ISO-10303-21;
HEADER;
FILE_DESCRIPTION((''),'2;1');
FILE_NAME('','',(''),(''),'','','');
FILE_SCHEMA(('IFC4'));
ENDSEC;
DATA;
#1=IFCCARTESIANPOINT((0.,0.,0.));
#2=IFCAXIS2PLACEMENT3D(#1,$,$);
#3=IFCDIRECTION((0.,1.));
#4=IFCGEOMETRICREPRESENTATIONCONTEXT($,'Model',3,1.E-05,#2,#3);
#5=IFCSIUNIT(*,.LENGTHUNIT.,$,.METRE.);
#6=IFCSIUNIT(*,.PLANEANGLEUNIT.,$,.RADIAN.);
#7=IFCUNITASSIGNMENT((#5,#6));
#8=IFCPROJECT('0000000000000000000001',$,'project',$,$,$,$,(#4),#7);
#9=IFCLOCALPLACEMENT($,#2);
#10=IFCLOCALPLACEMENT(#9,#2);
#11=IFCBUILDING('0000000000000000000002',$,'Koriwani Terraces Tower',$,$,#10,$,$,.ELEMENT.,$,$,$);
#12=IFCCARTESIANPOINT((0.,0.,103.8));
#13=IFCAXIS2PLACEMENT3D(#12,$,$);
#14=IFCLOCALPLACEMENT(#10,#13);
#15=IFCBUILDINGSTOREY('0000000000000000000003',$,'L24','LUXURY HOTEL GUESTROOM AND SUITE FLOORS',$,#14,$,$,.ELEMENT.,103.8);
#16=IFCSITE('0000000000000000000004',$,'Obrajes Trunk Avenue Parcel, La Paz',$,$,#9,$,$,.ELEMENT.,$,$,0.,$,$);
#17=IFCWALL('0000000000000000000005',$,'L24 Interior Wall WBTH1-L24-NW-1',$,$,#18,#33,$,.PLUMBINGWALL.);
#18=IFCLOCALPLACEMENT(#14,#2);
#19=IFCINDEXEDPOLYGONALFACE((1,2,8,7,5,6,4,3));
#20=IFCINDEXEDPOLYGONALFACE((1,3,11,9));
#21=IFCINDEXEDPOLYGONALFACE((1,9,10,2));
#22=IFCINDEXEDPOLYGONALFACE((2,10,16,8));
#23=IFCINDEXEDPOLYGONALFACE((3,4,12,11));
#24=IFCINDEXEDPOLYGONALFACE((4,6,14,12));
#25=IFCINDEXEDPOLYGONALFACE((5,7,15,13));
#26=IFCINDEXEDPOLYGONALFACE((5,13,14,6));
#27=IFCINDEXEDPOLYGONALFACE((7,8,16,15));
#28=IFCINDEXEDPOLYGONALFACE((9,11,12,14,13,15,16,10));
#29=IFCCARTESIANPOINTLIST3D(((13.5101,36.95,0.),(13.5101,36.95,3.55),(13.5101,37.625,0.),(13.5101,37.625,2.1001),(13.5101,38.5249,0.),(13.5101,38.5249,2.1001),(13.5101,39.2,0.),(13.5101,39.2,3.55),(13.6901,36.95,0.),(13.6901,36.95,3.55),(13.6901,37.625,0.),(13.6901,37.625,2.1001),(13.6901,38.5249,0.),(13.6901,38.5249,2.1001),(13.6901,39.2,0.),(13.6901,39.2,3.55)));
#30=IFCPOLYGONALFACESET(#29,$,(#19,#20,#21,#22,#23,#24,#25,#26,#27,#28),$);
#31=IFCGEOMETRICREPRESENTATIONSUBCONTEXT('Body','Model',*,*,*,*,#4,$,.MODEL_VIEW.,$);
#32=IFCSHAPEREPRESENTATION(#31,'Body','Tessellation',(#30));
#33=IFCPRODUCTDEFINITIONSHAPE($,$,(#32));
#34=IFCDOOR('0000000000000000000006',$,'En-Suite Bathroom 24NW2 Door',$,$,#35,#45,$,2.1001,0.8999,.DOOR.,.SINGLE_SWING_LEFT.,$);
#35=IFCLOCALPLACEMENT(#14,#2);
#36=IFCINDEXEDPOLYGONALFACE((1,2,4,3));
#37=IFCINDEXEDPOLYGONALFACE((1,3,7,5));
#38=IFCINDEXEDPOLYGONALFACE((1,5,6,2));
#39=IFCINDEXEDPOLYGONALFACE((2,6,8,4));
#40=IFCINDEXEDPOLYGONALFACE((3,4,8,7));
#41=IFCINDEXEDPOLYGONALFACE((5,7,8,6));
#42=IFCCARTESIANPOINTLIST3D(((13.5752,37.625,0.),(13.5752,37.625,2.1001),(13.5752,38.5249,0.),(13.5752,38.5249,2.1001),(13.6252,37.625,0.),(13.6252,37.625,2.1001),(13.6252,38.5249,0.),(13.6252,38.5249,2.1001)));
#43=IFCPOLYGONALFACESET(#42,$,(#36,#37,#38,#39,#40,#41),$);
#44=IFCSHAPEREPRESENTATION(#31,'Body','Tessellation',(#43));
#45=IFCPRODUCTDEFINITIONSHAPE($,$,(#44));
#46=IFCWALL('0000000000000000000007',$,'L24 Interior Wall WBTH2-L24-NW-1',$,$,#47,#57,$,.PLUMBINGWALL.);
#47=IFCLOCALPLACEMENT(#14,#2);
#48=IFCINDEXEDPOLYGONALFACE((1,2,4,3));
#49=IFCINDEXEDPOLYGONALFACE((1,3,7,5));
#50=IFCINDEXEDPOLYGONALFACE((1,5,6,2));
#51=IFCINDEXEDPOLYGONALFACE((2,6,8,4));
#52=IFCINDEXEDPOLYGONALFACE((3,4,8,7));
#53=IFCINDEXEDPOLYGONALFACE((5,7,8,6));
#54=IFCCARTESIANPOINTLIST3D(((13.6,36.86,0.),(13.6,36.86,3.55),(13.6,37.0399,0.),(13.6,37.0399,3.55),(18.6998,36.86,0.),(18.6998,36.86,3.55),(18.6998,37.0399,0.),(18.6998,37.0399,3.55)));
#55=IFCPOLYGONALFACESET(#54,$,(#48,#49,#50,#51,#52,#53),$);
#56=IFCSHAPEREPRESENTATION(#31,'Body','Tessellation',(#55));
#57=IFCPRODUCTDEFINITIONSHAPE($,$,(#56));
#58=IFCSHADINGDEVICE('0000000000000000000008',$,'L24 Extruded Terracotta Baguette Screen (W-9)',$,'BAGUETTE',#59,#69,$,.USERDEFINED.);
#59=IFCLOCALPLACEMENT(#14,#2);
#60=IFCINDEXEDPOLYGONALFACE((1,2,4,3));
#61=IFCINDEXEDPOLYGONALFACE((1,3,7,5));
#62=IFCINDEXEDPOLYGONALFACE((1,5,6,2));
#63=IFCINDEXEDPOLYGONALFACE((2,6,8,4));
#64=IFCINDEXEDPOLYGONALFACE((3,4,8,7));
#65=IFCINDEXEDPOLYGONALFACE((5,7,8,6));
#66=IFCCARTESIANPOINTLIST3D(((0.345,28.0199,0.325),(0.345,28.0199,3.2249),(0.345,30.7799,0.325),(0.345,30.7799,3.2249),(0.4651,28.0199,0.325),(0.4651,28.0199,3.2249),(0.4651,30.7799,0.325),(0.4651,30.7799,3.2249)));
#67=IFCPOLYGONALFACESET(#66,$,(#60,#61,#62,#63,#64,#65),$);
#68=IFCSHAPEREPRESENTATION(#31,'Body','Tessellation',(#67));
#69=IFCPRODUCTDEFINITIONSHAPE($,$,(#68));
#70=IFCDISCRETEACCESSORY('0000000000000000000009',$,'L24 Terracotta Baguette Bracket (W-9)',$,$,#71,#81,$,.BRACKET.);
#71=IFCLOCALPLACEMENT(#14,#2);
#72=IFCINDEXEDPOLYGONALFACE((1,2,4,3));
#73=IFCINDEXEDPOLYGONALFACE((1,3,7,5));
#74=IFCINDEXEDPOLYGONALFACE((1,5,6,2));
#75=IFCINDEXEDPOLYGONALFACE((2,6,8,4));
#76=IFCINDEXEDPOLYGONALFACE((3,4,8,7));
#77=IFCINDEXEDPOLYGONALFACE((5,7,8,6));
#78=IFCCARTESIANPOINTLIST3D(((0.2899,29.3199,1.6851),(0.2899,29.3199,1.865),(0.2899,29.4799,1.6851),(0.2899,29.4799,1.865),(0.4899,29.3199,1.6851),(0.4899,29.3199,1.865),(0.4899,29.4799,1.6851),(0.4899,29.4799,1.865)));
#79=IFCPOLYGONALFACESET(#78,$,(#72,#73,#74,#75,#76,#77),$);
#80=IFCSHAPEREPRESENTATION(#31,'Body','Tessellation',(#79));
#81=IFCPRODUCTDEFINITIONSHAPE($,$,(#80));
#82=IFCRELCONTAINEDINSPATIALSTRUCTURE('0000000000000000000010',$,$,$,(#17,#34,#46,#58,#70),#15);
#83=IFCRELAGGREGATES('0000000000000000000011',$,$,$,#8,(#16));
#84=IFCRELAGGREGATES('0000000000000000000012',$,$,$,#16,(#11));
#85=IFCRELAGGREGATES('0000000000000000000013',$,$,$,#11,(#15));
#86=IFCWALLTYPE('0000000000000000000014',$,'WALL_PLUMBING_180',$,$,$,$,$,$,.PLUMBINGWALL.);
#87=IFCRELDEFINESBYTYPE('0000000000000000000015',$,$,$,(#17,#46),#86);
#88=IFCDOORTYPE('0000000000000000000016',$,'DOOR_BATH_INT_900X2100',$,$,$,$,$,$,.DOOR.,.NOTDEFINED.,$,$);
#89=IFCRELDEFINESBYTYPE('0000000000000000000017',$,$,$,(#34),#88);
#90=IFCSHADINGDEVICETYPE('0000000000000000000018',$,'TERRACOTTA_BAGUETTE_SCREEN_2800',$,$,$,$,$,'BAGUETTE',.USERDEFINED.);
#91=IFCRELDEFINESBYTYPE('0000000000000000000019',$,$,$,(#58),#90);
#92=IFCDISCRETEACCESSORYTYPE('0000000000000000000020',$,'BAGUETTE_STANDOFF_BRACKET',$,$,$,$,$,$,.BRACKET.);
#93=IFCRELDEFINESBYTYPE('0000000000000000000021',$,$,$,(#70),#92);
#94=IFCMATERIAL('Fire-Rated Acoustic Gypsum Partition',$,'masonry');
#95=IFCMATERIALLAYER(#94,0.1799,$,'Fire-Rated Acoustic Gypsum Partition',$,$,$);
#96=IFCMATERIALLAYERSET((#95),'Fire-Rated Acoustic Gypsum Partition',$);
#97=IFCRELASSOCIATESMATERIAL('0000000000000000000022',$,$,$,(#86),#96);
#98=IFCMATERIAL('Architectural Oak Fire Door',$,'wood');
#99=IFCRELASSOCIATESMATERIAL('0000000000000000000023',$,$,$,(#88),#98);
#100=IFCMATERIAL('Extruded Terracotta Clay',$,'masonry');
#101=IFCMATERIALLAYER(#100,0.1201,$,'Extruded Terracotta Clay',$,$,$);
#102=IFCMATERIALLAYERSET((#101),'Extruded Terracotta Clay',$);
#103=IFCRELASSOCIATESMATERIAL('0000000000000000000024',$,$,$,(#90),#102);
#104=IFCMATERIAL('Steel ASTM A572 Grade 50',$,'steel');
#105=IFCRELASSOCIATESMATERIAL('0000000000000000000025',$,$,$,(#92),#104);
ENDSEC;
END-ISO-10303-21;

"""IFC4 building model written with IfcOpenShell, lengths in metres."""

from ifc_helpers import new_model, si_unit, direction, frame, frame_2d, origin, origin_2d, place, context, subcontext, project, spatial, rectangle, extrude, material, layer, layer_set, type_object, element, fill, save


model = new_model("IFC4")

# Units and contexts
model_context = context("Model", 3, precision=1e-05, world=origin(), true_north=direction((0.0, 1.0)))
body_context = subcontext(model_context, "Body", "Model", "MODEL_VIEW")
ifc_project = project(units=[si_unit("LENGTHUNIT", "METRE"), si_unit("PLANEANGLEUNIT", "RADIAN")], contexts=[model_context])

# Site, building, storey
site_placement = place(None, origin())
site = spatial("IfcSite", under=ifc_project, at=site_placement, Name="Obrajes Trunk Avenue Parcel, La Paz", CompositionType="ELEMENT", RefElevation=0.0)
building_placement = place(site_placement, origin())
building = spatial("IfcBuilding", under=site, at=building_placement, Name="Koriwani Terraces Tower", CompositionType="ELEMENT")
storey_placement = place(building_placement, frame((0.0, 0.0, 103.8)))
storey = spatial("IfcBuildingStorey", under=building, at=storey_placement, Name="L24", Description="LUXURY HOTEL GUESTROOM AND SUITE FLOORS", CompositionType="ELEMENT", Elevation=103.8)

# Shared definitions
ifc_material_1 = material(Name="Steel ASTM A572 Grade 50", Category="steel")

# Shared definitions
ifc_material_2 = material(Name="Architectural Oak Fire Door", Category="wood")

# Wall, opening, door
ifc_material_3 = material(Name="Fire-Rated Acoustic Gypsum Partition", Category="masonry")
ifc_layer_1 = layer(ifc_material_3, 0.1799, Name="Fire-Rated Acoustic Gypsum Partition")
ifc_layer_set_1 = layer_set([ifc_layer_1], Name="Fire-Rated Acoustic Gypsum Partition")
wall_type_1 = type_object("IfcWallType", Name="WALL_PLUMBING_180", PredefinedType="PLUMBINGWALL", material=ifc_layer_set_1)
wall_1_placement = place(storey_placement, frame((13.6001, 36.95, 0.0), z_axis=(0.0, 0.0, 1.0), x_axis=(0.0, 1.0, 0.0)))
wall_1 = element("IfcWall", 1, at=wall_1_placement, inside=storey, type_object=wall_type_1, Name="L24 Interior Wall WBTH1-L24-NW-1", PredefinedType="PLUMBINGWALL", context=body_context, shape_type="SweptSolid", body=[
    extrude(rectangle(XDim=2.25, YDim=0.1799, at=frame_2d((1.125, 0.0))), origin(), (0.0, 0.0, 1.0), 3.55),
])
opening_1_placement = place(wall_1_placement, frame((0.675, 0.0, 0.0)))
opening_1 = element("IfcOpeningElement", 2, at=opening_1_placement, cuts=wall_1, PredefinedType="OPENING", context=body_context, shape_type="SweptSolid", body=[
    extrude(rectangle(XDim=0.8999, YDim=2.1001, at=frame_2d((0.45, 1.05))), frame((0.0, 0.1001, 0.0), z_axis=(0.0, -1.0, 0.0), x_axis=(1.0, 0.0, 0.0)), (0.0, 0.0, 1.0), 0.2),
])
door_type_1 = type_object("IfcDoorType", Name="DOOR_BATH_INT_900X2100", OperationType="NOTDEFINED", PredefinedType="DOOR", material=ifc_material_2)
door_1_placement = place(opening_1_placement, origin())
door_1 = element("IfcDoor", 3, at=door_1_placement, inside=storey, type_object=door_type_1, Name="En-Suite Bathroom 24NW2 Door", OperationType="SINGLE_SWING_LEFT", OverallHeight=2.1001, OverallWidth=0.8999, PredefinedType="DOOR", context=body_context, shape_type="SweptSolid", body=[
    extrude(rectangle(XDim=0.8999, YDim=2.1001, at=frame_2d((0.45, 1.05))), frame((0.0, 0.0249, 0.0), z_axis=(0.0, -1.0, 0.0), x_axis=(1.0, 0.0, 0.0)), (0.0, 0.0, 1.0), 0.05),
])
fill(opening_1, door_1)

# Wall
wall_2_placement = place(storey_placement, frame((13.6001, 36.95, 0.0), z_axis=(0.0, 0.0, 1.0), x_axis=(1.0, 0.0, 0.0)))
element("IfcWall", 4, at=wall_2_placement, inside=storey, type_object=wall_type_1, Name="L24 Interior Wall WBTH2-L24-NW-1", PredefinedType="PLUMBINGWALL", context=body_context, shape_type="SweptSolid", body=[
    extrude(rectangle(XDim=5.0999, YDim=0.1799, at=frame_2d((2.5498, 0.0))), origin(), (0.0, 0.0, 1.0), 3.55),
])

# Shading device
ifc_material_4 = material(Name="Extruded Terracotta Clay", Category="masonry")
ifc_layer_2 = layer(ifc_material_4, 0.1201, Name="Extruded Terracotta Clay")
ifc_layer_set_2 = layer_set([ifc_layer_2], Name="Extruded Terracotta Clay")
shading_device_type = type_object("IfcShadingDeviceType", Name="TERRACOTTA_BAGUETTE_SCREEN_2800", ElementType="BAGUETTE", PredefinedType="USERDEFINED", material=ifc_layer_set_2)
shading_device_placement = place(storey_placement, frame((0.405, 29.3999, 0.325), z_axis=(0.0, 0.0, 1.0), x_axis=(0.0, 1.0, 0.0)))
element("IfcShadingDevice", 5, at=shading_device_placement, inside=storey, type_object=shading_device_type, Name="L24 Extruded Terracotta Baguette Screen (W-9)", ObjectType="BAGUETTE", PredefinedType="USERDEFINED", context=body_context, shape_type="SweptSolid", body=[
    extrude(rectangle(XDim=2.76, YDim=0.1201, at=origin_2d()), origin(), (0.0, 0.0, 1.0), 2.8999),
])

# Discrete accessory
discrete_accessory_type = type_object("IfcDiscreteAccessoryType", Name="BAGUETTE_STANDOFF_BRACKET", PredefinedType="BRACKET", material=ifc_material_1)
discrete_accessory_placement = place(storey_placement, frame((0.3899, 29.3999, 1.6851), z_axis=(0.0, 0.0, 1.0), x_axis=(0.0, 1.0, 0.0)))
element("IfcDiscreteAccessory", 6, at=discrete_accessory_placement, inside=storey, type_object=discrete_accessory_type, Name="L24 Terracotta Baguette Bracket (W-9)", PredefinedType="BRACKET", context=body_context, shape_type="SweptSolid", body=[
    extrude(rectangle(XDim=0.1599, YDim=0.2, at=origin_2d()), origin(), (0.0, 0.0, 1.0), 0.1799),
])

save(model, "model.ifc")
